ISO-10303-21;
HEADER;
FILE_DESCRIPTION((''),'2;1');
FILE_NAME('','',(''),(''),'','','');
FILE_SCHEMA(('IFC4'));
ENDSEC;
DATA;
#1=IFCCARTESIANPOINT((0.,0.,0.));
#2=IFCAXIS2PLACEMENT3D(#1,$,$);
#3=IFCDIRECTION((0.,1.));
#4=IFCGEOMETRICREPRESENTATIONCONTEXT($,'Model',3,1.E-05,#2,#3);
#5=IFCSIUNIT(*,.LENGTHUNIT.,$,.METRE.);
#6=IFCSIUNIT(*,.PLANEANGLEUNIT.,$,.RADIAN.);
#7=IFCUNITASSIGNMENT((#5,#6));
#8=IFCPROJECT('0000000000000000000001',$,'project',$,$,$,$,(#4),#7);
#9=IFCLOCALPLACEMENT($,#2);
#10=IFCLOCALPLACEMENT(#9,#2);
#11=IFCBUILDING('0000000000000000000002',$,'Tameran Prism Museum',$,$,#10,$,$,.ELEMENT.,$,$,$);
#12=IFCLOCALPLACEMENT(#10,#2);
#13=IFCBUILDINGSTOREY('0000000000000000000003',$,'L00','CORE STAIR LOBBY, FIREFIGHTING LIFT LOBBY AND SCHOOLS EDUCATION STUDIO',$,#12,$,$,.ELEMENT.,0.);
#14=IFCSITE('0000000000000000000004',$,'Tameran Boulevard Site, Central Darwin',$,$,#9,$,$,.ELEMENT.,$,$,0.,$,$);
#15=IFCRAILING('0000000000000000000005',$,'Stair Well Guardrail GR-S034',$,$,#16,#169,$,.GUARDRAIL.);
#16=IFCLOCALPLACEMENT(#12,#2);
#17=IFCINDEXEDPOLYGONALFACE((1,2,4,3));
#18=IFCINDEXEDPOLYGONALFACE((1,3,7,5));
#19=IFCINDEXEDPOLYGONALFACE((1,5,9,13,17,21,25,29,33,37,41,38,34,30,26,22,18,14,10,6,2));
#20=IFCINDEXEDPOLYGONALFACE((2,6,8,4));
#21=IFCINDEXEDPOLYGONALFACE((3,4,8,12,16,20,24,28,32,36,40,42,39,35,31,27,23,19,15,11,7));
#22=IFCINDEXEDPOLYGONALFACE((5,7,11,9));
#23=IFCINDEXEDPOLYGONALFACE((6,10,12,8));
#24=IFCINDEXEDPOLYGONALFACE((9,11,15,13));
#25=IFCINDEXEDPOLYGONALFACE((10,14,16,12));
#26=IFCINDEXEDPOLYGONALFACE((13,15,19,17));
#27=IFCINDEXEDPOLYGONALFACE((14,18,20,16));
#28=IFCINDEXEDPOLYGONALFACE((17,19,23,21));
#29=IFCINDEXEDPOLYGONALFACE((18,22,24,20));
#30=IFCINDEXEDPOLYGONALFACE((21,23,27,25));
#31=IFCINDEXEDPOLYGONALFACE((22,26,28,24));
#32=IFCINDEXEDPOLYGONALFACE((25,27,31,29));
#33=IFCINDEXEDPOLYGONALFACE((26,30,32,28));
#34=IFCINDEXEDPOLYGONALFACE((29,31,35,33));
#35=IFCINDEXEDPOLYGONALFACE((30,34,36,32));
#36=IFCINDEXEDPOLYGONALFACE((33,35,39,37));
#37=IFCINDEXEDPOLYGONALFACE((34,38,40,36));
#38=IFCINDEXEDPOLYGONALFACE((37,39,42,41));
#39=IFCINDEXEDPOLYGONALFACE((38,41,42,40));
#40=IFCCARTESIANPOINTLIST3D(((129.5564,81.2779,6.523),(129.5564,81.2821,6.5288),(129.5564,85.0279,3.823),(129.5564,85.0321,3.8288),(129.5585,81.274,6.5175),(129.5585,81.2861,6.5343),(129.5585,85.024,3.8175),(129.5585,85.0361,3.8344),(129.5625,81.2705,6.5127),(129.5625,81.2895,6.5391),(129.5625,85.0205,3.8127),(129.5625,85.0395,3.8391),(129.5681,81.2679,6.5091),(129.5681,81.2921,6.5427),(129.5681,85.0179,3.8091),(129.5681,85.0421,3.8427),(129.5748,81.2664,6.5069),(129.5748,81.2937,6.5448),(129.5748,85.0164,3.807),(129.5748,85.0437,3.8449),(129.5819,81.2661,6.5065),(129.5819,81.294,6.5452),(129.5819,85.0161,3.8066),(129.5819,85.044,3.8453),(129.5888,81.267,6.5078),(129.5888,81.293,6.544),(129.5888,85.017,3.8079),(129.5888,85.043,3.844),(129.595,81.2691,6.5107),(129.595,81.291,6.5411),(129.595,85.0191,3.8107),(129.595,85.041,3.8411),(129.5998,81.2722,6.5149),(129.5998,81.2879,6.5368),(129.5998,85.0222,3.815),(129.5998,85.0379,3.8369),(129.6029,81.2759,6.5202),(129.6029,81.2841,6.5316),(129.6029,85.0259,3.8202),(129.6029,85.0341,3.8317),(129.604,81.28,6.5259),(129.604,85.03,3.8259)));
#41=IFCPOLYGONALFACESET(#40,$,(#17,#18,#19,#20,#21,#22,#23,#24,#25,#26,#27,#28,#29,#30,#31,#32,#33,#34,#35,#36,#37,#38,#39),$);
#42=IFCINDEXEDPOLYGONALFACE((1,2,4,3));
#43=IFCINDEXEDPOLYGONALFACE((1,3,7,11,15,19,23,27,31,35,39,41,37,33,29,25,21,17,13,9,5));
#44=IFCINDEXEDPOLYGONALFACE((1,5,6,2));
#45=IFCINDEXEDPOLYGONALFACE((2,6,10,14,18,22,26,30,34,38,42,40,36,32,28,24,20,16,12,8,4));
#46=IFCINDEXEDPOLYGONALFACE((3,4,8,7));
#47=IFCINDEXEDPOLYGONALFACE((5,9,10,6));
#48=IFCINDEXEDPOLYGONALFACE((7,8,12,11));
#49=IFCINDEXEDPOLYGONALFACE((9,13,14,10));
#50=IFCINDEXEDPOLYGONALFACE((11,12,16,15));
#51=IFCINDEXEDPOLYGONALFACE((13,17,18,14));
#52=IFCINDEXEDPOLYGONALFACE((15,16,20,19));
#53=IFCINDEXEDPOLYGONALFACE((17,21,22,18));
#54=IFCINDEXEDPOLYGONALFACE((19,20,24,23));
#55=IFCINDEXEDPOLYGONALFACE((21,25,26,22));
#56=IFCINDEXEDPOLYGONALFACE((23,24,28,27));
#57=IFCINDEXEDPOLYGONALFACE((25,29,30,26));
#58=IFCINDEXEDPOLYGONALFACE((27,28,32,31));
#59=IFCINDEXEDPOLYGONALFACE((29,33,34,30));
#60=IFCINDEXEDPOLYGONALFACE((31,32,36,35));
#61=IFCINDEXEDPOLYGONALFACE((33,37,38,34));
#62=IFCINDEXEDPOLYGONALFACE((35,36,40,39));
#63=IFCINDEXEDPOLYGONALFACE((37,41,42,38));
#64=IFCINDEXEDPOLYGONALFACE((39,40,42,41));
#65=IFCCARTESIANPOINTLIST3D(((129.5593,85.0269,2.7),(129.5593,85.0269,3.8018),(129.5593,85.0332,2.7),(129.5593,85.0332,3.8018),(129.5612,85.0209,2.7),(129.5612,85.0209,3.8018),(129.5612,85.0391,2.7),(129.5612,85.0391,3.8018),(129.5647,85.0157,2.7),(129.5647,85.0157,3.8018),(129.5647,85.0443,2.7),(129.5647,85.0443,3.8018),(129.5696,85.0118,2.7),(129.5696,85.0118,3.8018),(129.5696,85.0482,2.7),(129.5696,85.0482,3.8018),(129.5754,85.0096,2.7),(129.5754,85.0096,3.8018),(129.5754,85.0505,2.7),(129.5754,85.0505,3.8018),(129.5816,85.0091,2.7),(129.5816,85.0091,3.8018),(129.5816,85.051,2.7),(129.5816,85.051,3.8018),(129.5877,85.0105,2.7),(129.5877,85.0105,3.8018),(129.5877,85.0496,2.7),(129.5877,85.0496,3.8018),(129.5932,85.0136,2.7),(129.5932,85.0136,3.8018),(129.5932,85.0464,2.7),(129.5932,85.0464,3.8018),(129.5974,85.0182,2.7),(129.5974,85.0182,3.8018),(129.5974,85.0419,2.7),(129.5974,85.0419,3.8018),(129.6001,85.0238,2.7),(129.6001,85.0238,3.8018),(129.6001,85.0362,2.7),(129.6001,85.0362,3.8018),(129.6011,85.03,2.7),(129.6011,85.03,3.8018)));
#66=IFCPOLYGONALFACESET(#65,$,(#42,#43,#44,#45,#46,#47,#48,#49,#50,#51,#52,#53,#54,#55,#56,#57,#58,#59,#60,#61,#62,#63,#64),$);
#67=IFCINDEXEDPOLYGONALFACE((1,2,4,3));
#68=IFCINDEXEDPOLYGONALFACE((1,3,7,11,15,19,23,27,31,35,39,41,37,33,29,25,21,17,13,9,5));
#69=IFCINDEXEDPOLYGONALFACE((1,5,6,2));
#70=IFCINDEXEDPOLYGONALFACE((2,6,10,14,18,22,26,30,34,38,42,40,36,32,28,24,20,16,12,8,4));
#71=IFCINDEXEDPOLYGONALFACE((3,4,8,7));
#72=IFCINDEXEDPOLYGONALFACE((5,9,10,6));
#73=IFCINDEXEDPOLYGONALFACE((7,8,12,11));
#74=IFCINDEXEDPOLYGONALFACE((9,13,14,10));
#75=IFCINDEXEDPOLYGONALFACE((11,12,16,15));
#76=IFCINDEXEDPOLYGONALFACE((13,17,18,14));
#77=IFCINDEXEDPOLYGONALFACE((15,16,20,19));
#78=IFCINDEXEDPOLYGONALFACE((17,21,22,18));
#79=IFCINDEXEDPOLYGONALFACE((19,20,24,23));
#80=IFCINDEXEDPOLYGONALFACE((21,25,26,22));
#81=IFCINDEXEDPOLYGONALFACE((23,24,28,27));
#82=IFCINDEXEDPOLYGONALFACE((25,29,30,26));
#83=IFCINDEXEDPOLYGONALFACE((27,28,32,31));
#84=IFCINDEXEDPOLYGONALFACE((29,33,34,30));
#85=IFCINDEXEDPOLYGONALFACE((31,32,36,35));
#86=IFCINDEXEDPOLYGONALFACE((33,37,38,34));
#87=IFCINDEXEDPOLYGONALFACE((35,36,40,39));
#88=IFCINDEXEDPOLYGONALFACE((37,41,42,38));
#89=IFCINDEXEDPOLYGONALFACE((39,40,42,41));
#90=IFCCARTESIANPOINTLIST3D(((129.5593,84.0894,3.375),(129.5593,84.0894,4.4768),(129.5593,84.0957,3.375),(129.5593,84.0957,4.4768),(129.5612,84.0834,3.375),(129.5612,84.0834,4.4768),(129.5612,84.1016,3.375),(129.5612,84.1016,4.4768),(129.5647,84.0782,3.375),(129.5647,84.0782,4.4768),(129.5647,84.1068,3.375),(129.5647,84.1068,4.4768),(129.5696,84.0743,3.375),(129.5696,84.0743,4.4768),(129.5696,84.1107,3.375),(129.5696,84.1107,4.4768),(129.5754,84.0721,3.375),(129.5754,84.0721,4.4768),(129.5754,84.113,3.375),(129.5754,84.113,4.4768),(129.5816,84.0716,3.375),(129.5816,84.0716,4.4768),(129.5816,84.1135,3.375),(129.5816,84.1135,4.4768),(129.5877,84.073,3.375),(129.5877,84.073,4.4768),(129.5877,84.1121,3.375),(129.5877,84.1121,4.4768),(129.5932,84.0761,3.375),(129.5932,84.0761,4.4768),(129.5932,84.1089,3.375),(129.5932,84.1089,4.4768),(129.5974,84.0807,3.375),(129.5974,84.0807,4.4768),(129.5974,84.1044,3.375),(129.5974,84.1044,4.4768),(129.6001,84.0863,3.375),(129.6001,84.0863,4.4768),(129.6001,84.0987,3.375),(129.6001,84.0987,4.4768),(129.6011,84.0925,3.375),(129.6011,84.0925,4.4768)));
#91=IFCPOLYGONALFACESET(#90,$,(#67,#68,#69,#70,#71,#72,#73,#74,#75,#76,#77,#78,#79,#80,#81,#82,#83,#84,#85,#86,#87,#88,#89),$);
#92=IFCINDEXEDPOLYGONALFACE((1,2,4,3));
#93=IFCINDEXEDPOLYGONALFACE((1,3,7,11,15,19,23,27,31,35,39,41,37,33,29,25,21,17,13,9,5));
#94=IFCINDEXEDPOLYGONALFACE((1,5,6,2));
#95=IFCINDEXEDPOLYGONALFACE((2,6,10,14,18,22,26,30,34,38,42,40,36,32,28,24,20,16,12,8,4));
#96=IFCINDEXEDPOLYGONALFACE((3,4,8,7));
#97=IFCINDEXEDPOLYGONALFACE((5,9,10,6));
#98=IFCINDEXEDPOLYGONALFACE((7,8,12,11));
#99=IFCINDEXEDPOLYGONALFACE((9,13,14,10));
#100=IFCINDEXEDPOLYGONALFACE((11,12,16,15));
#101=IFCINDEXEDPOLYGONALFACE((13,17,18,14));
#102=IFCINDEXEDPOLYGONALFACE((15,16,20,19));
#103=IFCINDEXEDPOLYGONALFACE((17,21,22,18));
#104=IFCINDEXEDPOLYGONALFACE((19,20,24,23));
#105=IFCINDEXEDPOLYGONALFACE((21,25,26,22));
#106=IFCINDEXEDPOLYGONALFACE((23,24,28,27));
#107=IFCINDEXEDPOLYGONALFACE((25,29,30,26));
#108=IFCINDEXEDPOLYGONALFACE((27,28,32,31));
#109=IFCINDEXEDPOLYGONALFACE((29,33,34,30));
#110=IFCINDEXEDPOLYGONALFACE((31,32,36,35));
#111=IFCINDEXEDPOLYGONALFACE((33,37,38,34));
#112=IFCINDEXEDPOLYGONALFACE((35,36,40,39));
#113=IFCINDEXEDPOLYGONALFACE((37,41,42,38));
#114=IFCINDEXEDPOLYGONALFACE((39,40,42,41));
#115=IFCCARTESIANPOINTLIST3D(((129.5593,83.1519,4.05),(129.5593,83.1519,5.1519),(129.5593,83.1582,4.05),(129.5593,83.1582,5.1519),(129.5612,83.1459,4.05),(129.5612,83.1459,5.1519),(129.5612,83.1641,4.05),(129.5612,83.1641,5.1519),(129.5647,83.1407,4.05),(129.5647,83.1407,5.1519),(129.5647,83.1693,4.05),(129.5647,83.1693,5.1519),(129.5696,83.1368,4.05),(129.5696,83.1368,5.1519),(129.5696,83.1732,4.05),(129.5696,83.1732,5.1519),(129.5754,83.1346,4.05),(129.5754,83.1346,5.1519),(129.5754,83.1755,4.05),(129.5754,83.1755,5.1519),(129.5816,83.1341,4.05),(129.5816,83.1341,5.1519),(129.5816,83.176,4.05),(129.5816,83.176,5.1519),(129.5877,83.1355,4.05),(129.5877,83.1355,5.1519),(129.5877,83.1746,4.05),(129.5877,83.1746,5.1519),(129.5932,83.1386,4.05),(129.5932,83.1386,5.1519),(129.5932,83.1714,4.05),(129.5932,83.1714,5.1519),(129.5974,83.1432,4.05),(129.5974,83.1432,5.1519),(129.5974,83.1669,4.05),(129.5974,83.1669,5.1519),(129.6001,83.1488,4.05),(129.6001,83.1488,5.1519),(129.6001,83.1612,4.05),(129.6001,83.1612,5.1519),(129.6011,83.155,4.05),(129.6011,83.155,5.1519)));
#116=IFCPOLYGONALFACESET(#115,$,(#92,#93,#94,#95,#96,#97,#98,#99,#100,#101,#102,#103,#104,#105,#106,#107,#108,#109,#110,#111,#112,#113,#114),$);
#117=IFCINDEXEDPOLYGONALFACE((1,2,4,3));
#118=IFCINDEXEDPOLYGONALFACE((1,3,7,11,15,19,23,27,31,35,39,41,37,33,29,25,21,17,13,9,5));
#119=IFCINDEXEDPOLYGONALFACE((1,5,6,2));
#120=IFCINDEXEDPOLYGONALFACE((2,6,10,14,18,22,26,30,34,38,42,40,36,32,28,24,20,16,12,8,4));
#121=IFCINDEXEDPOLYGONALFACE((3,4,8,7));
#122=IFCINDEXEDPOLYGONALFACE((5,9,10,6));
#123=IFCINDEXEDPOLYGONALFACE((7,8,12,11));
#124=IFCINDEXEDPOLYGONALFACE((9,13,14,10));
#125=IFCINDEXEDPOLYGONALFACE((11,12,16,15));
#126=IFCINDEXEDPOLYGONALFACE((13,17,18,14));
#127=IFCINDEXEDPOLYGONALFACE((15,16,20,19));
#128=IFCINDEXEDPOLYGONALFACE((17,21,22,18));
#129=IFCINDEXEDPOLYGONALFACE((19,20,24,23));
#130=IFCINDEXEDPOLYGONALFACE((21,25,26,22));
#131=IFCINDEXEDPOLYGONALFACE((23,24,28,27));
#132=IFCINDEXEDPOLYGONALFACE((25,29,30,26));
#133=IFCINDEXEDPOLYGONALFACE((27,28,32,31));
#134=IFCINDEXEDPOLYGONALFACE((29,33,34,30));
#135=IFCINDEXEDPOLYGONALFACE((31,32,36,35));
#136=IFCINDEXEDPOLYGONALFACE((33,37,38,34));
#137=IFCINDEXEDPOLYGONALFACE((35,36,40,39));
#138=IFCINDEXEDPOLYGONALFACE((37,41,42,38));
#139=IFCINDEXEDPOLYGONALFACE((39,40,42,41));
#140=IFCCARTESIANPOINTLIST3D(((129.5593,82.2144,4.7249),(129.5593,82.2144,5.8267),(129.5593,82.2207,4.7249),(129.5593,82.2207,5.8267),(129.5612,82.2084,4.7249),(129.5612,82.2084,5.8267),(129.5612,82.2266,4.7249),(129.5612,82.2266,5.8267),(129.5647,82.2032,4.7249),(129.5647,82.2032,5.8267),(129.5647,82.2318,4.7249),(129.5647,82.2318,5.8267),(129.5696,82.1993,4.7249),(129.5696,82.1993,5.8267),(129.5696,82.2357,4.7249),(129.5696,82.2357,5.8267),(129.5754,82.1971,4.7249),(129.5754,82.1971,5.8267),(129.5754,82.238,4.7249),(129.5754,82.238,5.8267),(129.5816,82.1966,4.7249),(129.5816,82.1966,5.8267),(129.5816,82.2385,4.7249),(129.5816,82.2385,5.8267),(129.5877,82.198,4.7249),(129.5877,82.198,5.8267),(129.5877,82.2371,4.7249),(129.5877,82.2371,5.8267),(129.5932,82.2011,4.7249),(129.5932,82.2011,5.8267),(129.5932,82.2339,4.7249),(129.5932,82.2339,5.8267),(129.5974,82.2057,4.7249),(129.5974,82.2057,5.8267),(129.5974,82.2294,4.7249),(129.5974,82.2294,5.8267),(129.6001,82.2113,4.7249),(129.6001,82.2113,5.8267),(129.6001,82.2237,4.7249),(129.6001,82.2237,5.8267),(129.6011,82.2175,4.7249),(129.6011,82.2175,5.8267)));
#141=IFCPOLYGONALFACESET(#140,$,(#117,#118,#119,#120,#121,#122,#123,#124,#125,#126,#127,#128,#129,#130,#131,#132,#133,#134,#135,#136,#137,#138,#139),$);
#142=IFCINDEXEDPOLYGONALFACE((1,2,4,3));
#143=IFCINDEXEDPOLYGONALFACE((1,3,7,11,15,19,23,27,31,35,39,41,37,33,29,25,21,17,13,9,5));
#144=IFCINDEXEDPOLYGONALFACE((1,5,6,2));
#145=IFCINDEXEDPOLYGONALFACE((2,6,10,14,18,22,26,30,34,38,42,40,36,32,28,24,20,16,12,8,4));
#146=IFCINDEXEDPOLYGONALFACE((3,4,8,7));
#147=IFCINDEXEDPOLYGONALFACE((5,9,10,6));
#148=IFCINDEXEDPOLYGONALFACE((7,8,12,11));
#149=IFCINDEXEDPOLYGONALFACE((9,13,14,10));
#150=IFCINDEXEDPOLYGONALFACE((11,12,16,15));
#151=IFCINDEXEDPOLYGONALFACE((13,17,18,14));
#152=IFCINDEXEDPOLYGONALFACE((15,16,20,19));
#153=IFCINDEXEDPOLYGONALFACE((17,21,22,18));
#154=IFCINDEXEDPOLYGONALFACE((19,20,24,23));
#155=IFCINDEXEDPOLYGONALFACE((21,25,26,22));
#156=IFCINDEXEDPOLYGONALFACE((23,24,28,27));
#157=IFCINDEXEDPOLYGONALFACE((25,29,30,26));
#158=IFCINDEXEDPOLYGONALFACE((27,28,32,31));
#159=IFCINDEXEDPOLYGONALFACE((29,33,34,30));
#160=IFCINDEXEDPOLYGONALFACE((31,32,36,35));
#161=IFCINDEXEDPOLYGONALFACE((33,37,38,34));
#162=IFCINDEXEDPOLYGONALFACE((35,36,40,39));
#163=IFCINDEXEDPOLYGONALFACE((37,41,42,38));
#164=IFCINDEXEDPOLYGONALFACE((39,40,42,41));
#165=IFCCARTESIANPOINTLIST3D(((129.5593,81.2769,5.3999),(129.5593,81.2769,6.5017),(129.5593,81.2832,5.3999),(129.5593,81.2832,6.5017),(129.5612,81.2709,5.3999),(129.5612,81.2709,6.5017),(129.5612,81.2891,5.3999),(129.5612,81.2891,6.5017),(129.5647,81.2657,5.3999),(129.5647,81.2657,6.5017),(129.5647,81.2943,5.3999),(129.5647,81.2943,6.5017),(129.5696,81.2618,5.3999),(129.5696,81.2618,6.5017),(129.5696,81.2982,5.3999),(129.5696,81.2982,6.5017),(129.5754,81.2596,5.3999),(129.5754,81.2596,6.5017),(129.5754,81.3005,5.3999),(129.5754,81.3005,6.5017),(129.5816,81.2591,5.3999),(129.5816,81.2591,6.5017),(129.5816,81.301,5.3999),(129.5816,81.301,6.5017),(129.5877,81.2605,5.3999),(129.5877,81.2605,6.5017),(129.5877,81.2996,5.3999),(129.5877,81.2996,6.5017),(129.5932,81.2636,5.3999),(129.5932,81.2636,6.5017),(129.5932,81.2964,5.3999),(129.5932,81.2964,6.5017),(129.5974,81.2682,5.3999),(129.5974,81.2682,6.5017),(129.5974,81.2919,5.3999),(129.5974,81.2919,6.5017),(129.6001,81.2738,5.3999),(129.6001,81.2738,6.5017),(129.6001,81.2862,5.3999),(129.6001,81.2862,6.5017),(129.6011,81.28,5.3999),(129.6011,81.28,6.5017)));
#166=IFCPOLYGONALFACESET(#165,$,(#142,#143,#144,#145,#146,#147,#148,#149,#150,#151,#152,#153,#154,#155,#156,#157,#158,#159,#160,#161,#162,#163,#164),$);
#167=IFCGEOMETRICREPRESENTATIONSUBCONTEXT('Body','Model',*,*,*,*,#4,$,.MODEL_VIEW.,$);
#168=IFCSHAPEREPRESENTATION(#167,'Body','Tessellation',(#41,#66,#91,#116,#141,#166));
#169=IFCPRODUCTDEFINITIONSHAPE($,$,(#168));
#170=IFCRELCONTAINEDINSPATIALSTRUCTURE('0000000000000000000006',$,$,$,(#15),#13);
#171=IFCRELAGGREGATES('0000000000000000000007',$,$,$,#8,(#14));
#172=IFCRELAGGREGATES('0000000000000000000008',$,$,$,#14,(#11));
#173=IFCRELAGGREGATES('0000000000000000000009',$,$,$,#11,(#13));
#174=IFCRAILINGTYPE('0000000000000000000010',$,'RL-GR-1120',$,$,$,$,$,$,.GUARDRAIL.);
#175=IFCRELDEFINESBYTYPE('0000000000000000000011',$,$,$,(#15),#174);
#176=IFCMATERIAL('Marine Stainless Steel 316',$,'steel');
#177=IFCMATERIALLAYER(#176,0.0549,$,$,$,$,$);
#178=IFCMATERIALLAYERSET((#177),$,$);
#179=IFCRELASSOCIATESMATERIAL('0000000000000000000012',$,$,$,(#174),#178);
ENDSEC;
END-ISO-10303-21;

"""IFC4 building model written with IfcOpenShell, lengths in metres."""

from ifc_helpers import new_model, si_unit, direction, frame, origin, origin_2d, place, context, subcontext, project, spatial, circle, extrude, material, layer, layer_set, type_object, element, save


model = new_model("IFC4")

# Units and contexts
model_context = context("Model", 3, precision=1e-05, world=origin(), true_north=direction((0.0, 1.0)))
body_context = subcontext(model_context, "Body", "Model", "MODEL_VIEW")
ifc_project = project(units=[si_unit("LENGTHUNIT", "METRE"), si_unit("PLANEANGLEUNIT", "RADIAN")], contexts=[model_context])

# Site, building, storey
site_placement = place(None, origin())
site = spatial("IfcSite", under=ifc_project, at=site_placement, Name="Tameran Boulevard Site, Central Darwin", CompositionType="ELEMENT", RefElevation=0.0)
building_placement = place(site_placement, origin())
building = spatial("IfcBuilding", under=site, at=building_placement, Name="Tameran Prism Museum", CompositionType="ELEMENT")
storey_placement = place(building_placement, origin())
storey = spatial("IfcBuildingStorey", under=building, at=storey_placement, Name="L00", Description="CORE STAIR LOBBY, FIREFIGHTING LIFT LOBBY AND SCHOOLS EDUCATION STUDIO", CompositionType="ELEMENT", Elevation=0.0)

# Railing
ifc_material_1 = material(Name="Marine Stainless Steel 316", Category="steel")
ifc_layer_1 = layer(ifc_material_1, 0.0549)
ifc_layer_set_1 = layer_set([ifc_layer_1])
railing_type_1 = type_object("IfcRailingType", Name="RL-GR-1120", PredefinedType="GUARDRAIL", material=ifc_layer_set_1)
railing_1_placement = place(storey_placement, frame((129.5801, 85.03, 2.7)))
element("IfcRailing", 1, at=railing_1_placement, inside=storey, type_object=railing_type_1, Name="Stair Well Guardrail GR-S034", PredefinedType="GUARDRAIL", context=body_context, shape_type="SweptSolid", body=[
    extrude(circle(Radius=0.0239, at=origin_2d()), frame((0.0, 0.0, 1.126), z_axis=(0.0, -0.811539, 0.584298), x_axis=(1.0, 0.0, 0.0)), (0.0, 0.0, 1.0), 4.6208),
    extrude(circle(Radius=0.021, at=origin_2d()), origin(), (0.0, 0.0, 1.0), 1.1018),
    extrude(circle(Radius=0.021, at=origin_2d()), frame((0.0, -0.9375, 0.675)), (0.0, 0.0, 1.0), 1.1018),
    extrude(circle(Radius=0.021, at=origin_2d()), frame((0.0, -1.875, 1.3501)), (0.0, 0.0, 1.0), 1.1018),
    extrude(circle(Radius=0.021, at=origin_2d()), frame((0.0, -2.8125, 2.0249)), (0.0, 0.0, 1.0), 1.1018),
    extrude(circle(Radius=0.021, at=origin_2d()), frame((0.0, -3.75, 2.7)), (0.0, 0.0, 1.0), 1.1018),
])

save(model, "model.ifc")
